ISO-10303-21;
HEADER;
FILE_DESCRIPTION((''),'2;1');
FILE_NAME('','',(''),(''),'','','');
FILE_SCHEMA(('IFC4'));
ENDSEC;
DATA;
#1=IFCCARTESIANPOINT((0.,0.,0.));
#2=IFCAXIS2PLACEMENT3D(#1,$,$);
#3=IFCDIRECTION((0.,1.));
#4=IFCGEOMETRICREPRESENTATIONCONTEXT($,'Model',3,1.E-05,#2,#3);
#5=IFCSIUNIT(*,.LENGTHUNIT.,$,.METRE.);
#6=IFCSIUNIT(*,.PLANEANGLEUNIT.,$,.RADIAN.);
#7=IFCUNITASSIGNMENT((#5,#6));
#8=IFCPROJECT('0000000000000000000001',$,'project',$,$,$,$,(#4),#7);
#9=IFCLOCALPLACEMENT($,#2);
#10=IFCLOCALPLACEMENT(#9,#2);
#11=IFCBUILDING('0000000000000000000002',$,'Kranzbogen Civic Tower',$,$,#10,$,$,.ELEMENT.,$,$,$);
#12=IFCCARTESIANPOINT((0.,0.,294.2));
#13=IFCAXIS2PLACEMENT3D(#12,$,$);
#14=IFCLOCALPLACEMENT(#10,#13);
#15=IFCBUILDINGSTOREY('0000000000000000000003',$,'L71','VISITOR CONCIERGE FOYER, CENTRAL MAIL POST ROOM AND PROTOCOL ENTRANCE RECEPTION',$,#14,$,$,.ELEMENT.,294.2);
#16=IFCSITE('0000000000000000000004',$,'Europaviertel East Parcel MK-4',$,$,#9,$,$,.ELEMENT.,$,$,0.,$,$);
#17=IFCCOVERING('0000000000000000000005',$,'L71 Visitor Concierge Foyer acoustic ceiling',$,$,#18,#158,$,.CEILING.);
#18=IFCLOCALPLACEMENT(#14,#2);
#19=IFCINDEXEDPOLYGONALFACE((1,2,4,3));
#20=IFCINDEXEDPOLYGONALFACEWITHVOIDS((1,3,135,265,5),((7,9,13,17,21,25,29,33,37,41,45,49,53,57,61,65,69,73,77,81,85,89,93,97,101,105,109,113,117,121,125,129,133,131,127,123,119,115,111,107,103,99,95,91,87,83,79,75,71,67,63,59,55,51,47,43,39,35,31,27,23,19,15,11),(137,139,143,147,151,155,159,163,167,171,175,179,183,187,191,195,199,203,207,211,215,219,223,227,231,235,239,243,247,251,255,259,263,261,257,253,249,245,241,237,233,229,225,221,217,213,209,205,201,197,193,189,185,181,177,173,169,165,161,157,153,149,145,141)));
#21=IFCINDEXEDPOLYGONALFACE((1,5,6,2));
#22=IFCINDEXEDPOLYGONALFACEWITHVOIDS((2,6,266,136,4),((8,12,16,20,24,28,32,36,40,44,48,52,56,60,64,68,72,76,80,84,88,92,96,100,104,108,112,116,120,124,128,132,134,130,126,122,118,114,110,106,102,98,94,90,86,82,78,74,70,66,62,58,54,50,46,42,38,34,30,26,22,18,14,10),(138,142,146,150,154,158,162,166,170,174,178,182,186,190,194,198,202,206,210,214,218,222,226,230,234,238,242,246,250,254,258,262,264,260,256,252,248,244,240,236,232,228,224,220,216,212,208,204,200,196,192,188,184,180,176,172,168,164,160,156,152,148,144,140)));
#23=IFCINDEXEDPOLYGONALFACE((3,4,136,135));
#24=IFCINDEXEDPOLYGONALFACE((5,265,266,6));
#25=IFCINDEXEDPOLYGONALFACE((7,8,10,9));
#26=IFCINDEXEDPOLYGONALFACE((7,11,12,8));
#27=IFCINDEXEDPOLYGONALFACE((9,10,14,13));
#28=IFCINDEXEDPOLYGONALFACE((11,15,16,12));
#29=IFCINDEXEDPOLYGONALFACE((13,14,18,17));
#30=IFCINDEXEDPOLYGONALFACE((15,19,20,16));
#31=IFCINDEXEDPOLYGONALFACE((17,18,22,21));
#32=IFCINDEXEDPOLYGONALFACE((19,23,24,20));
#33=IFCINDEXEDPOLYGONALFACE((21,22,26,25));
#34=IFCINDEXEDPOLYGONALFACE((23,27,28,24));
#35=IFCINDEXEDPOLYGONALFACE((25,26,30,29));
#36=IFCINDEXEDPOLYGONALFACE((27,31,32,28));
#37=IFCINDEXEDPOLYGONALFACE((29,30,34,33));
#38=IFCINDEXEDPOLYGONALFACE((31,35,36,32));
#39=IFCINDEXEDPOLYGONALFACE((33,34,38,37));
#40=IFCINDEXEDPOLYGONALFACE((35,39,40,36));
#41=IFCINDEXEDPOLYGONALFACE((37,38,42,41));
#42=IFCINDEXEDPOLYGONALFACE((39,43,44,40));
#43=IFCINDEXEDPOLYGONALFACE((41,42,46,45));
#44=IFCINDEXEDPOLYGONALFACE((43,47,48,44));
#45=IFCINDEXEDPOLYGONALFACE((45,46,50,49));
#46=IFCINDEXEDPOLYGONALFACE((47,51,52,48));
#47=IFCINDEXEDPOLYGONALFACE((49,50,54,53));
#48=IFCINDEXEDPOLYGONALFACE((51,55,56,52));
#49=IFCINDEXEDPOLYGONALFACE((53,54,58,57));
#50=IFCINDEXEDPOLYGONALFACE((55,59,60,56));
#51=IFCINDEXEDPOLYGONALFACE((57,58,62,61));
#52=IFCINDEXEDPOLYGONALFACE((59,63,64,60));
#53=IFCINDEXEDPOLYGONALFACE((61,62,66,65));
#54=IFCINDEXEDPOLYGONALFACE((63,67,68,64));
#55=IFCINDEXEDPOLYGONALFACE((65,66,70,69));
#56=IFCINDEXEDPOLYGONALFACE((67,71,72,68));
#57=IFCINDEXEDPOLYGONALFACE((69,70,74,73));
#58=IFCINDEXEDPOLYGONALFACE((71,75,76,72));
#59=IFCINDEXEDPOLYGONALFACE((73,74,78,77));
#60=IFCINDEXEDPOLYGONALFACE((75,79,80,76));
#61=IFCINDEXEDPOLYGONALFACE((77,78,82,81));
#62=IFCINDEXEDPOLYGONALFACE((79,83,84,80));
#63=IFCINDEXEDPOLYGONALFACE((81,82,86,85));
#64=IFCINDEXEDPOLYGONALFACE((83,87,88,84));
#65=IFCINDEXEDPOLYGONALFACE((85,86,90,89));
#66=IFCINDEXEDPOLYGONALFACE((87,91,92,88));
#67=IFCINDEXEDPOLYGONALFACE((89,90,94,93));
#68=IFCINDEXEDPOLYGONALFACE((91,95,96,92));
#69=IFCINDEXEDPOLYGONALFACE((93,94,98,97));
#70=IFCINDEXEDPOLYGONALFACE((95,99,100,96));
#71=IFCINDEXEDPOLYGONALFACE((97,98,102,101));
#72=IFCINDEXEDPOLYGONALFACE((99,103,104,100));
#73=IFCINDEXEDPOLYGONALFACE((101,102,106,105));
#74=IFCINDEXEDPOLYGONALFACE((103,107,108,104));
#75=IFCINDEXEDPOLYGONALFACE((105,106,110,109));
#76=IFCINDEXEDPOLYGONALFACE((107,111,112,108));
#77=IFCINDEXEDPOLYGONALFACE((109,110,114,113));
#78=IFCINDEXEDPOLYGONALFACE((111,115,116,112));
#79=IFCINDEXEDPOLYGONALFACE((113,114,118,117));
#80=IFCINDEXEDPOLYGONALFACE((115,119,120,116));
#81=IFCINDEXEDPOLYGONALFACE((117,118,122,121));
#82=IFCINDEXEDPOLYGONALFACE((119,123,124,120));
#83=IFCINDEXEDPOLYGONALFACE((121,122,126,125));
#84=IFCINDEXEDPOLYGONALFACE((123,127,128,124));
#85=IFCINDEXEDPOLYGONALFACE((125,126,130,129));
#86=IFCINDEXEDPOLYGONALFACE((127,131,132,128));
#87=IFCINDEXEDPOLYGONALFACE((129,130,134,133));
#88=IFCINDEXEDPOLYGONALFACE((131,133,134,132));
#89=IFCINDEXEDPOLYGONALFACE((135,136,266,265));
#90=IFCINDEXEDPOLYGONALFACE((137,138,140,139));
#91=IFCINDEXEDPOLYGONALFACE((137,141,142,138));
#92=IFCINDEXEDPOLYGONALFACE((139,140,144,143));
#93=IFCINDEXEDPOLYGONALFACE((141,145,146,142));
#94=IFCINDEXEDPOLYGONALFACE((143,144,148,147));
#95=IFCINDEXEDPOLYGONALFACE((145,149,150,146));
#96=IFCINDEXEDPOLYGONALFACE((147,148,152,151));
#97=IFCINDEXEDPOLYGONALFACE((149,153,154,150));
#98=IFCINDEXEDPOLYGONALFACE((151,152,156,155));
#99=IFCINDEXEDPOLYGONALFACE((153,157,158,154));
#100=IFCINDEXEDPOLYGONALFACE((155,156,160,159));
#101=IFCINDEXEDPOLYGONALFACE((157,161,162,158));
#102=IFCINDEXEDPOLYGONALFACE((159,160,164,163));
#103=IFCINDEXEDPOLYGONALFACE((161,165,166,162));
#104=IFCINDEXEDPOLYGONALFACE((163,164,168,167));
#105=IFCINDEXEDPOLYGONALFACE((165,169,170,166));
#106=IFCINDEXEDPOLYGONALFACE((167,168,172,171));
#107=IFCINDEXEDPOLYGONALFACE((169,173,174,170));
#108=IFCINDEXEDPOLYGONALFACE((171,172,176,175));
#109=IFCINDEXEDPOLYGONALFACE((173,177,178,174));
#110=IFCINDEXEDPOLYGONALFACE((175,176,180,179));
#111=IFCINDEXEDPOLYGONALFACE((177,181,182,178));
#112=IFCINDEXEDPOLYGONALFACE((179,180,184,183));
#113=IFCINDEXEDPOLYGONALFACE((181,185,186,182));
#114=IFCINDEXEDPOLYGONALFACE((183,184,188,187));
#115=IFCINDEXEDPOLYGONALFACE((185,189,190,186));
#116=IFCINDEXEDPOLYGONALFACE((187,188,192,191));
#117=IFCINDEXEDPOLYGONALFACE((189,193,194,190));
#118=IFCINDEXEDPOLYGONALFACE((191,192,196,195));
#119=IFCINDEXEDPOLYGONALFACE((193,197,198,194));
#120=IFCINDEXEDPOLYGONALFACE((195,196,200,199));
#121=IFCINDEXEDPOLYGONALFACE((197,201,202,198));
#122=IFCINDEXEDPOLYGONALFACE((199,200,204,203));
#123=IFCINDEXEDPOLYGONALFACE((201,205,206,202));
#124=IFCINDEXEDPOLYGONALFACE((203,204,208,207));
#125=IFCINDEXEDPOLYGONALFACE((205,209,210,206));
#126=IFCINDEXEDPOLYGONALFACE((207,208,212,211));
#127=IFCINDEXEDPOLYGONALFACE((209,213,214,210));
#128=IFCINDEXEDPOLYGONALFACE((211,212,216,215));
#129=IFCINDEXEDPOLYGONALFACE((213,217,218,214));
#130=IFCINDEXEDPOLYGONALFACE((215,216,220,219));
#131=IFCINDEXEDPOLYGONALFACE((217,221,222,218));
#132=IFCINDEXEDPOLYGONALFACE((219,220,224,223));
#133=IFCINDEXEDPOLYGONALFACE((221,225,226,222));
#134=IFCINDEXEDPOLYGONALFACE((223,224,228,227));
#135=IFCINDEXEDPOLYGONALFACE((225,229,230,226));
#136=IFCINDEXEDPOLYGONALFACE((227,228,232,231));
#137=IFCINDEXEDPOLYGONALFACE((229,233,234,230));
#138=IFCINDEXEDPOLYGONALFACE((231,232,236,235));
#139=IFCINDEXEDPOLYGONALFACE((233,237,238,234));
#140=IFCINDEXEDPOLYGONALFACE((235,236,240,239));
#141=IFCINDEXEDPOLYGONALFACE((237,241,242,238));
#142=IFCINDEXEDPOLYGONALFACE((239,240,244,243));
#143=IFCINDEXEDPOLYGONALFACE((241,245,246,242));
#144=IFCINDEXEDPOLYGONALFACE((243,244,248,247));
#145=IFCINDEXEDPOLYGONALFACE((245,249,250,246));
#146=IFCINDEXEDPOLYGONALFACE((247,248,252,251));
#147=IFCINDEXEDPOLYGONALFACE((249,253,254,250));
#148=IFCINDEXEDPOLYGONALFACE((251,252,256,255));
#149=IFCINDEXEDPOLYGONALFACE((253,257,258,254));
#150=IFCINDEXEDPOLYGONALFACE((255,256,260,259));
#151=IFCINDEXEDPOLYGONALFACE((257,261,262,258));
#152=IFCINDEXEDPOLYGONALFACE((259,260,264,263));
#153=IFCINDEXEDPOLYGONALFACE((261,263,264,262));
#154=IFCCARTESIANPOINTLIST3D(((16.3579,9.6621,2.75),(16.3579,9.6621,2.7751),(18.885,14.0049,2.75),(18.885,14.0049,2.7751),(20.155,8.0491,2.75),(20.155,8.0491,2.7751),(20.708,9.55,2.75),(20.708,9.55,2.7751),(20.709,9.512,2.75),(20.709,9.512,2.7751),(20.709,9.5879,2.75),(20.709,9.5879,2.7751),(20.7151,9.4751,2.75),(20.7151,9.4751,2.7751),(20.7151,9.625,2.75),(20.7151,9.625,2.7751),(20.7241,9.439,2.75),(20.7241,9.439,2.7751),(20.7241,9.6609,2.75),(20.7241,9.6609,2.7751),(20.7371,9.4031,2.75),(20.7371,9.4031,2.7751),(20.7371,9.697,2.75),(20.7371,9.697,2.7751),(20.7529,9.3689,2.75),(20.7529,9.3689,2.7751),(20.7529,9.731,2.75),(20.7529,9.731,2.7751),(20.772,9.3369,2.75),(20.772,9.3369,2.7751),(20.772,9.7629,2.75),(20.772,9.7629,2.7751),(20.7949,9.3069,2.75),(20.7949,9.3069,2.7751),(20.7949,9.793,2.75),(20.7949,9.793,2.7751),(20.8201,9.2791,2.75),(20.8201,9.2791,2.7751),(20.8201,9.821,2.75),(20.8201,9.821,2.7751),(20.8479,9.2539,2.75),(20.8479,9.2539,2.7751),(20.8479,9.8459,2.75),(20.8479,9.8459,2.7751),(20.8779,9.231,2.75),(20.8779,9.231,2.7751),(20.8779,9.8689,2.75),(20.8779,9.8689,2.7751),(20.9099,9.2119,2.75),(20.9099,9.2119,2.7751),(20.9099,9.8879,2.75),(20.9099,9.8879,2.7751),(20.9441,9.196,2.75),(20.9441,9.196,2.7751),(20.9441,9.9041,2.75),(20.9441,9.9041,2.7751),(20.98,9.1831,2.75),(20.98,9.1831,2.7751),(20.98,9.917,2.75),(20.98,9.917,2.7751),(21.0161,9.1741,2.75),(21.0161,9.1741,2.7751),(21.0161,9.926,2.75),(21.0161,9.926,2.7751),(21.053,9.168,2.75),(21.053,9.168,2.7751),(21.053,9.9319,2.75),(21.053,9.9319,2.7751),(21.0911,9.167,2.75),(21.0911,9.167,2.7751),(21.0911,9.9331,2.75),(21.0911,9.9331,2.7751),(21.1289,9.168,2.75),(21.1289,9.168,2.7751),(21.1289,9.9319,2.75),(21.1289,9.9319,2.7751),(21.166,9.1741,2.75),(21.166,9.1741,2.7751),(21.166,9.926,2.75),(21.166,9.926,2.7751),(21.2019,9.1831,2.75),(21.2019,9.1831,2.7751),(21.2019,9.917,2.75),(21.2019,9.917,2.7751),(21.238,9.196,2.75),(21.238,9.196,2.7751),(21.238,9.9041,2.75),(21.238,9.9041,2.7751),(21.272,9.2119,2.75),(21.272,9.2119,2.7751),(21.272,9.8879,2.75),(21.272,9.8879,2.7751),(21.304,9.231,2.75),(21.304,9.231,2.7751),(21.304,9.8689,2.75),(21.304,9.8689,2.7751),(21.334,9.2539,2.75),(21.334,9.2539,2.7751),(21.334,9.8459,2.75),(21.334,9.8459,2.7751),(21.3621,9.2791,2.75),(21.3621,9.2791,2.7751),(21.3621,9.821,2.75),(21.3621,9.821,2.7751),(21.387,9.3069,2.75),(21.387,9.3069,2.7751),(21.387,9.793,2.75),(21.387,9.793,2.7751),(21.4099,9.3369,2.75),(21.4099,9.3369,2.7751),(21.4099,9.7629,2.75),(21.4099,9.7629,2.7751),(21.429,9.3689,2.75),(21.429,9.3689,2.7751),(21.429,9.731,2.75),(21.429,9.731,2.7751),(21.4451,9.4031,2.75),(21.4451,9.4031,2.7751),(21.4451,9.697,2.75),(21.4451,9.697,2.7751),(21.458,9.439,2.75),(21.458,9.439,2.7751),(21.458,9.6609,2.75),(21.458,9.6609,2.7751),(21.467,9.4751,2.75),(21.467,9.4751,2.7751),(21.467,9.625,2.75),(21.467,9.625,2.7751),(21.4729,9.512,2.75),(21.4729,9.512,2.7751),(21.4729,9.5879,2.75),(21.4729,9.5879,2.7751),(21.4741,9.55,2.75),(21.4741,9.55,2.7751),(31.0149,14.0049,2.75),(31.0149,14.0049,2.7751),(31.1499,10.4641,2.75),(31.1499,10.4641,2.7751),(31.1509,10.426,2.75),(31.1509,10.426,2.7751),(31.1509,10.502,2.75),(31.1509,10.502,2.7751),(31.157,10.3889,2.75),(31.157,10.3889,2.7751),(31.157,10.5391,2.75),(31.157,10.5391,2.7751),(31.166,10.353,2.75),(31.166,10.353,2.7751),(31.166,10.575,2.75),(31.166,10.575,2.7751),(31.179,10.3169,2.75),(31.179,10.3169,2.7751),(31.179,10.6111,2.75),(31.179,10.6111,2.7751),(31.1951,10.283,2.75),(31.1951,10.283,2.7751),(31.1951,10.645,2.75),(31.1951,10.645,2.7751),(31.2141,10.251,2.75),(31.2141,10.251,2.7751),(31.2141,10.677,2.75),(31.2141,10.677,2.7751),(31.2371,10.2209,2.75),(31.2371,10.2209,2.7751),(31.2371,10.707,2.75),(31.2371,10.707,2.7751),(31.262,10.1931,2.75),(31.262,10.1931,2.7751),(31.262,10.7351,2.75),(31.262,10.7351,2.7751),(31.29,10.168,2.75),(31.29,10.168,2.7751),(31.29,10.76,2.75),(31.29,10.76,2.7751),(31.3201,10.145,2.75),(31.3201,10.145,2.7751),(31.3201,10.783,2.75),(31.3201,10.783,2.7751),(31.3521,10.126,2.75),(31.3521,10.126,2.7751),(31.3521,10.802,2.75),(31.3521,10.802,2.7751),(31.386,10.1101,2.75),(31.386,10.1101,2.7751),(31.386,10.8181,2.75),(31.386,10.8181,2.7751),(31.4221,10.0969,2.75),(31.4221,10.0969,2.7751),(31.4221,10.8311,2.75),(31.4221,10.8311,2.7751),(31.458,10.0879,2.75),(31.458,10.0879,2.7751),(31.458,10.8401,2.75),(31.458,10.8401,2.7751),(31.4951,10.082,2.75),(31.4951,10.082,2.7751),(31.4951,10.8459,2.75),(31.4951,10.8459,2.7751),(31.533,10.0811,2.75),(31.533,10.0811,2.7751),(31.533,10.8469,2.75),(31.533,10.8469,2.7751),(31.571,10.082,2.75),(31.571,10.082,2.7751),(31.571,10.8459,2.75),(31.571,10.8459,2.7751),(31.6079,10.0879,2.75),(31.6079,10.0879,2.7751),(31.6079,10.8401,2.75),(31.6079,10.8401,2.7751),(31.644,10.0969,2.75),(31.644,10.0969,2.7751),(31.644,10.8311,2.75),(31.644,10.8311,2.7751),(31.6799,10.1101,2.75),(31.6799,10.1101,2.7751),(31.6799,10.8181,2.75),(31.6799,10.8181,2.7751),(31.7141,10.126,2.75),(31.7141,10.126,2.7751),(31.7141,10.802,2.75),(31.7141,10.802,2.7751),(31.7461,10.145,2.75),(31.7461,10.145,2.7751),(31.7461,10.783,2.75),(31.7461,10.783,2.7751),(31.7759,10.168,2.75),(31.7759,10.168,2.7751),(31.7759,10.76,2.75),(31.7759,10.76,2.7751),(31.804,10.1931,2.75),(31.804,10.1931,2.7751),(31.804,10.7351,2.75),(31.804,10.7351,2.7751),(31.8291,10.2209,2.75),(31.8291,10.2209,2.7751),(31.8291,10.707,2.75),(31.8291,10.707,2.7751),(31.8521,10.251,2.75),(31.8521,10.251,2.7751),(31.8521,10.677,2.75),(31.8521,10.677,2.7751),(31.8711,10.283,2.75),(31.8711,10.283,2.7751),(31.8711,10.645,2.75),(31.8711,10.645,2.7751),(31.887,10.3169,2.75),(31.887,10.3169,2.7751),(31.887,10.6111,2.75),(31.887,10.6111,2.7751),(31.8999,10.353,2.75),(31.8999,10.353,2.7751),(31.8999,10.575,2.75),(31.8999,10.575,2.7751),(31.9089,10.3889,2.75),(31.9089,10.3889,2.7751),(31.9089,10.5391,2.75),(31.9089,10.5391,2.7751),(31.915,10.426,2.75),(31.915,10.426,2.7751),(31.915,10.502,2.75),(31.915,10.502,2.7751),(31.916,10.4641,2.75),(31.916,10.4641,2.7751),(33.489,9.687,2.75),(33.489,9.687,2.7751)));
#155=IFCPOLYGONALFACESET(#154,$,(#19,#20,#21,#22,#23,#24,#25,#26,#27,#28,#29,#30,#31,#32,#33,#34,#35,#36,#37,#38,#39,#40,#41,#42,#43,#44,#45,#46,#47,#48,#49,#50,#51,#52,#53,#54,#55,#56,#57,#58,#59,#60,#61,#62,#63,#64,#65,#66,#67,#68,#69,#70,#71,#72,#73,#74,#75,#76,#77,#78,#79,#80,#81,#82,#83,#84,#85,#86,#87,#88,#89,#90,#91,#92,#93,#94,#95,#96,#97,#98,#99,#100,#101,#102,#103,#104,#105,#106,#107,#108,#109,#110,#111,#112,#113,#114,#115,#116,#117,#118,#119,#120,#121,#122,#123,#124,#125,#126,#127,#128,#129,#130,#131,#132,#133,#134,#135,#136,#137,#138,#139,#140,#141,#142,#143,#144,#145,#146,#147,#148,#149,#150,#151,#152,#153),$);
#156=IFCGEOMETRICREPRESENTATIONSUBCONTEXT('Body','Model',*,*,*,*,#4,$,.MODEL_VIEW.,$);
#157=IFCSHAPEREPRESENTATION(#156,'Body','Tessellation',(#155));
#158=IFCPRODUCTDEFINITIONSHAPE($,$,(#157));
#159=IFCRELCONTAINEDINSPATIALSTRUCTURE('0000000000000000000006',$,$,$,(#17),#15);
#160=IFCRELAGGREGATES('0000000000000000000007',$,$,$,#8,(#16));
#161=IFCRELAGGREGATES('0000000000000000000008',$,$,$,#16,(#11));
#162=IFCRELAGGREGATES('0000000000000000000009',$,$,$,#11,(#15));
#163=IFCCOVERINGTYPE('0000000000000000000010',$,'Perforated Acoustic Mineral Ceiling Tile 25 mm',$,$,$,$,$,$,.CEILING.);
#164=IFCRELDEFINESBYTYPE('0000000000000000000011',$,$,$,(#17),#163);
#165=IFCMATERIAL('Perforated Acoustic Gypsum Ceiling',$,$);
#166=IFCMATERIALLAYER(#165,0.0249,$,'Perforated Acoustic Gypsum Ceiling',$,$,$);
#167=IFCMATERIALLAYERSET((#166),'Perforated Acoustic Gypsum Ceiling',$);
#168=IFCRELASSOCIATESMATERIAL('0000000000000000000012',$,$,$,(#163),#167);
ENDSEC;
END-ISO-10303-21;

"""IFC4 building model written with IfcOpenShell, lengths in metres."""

from ifc_helpers import new_model, si_unit, direction, frame, origin, place, context, subcontext, project, spatial, polyline, outline, extrude, material, layer, layer_set, type_object, element, save


model = new_model("IFC4")

# Units and contexts
model_context = context("Model", 3, precision=1e-05, world=origin(), true_north=direction((0.0, 1.0)))
body_context = subcontext(model_context, "Body", "Model", "MODEL_VIEW")
ifc_project = project(units=[si_unit("LENGTHUNIT", "METRE"), si_unit("PLANEANGLEUNIT", "RADIAN")], contexts=[model_context])

# Site, building, storey
site_placement = place(None, origin())
site = spatial("IfcSite", under=ifc_project, at=site_placement, Name="Europaviertel East Parcel MK-4", CompositionType="ELEMENT", RefElevation=0.0)
building_placement = place(site_placement, origin())
building = spatial("IfcBuilding", under=site, at=building_placement, Name="Kranzbogen Civic Tower", CompositionType="ELEMENT")
storey_placement = place(building_placement, frame((0.0, 0.0, 294.2)))
storey = spatial("IfcBuildingStorey", under=building, at=storey_placement, Name="L71", Description="VISITOR CONCIERGE FOYER, CENTRAL MAIL POST ROOM AND PROTOCOL ENTRANCE RECEPTION", CompositionType="ELEMENT", Elevation=294.2)

# Covering
ifc_material_1 = material(Name="Perforated Acoustic Gypsum Ceiling")
ifc_layer_1 = layer(ifc_material_1, 0.0249, Name="Perforated Acoustic Gypsum Ceiling")
ifc_layer_set_1 = layer_set([ifc_layer_1], Name="Perforated Acoustic Gypsum Ceiling")
covering_type = type_object("IfcCoveringType", Name="Perforated Acoustic Mineral Ceiling Tile 25 mm", PredefinedType="CEILING", material=ifc_layer_set_1)
covering_1_placement = place(storey_placement, frame((0.0, 0.0, 2.75)))
element("IfcCovering", 1, at=covering_1_placement, inside=storey, type_object=covering_type, Name="L71 Visitor Concierge Foyer acoustic ceiling", PredefinedType="CEILING", context=body_context, shape_type="SweptSolid", body=[
    extrude(outline(polyline([(16.3579, 9.6621), (18.885, 14.0049), (31.0149, 14.0049), (33.489, 9.687), (20.155, 8.0491), (16.3579, 9.6621)]), holes=[polyline([(21.4451, 9.4031), (21.429, 9.3689), (21.4099, 9.3369), (21.387, 9.3069), (21.3621, 9.2791), (21.334, 9.2539), (21.304, 9.231), (21.272, 9.2119), (21.238, 9.196), (21.2019, 9.1831), (21.166, 9.1741), (21.1289, 9.168), (21.0911, 9.167), (21.053, 9.168), (21.0161, 9.1741), (20.98, 9.1831), (20.9441, 9.196), (20.9099, 9.2119), (20.8779, 9.231), (20.8479, 9.2539), (20.8201, 9.2791), (20.7949, 9.3069), (20.772, 9.3369), (20.7529, 9.3689), (20.7371, 9.4031), (20.7241, 9.439), (20.7151, 9.4751), (20.709, 9.512), (20.708, 9.55), (20.709, 9.5879), (20.7151, 9.625), (20.7241, 9.6609), (20.7371, 9.697), (20.7529, 9.731), (20.772, 9.7629), (20.7949, 9.793), (20.8201, 9.821), (20.8479, 9.8459), (20.8779, 9.8689), (20.9099, 9.8879), (20.9441, 9.9041), (20.98, 9.917), (21.0161, 9.926), (21.053, 9.9319), (21.0911, 9.9331), (21.1289, 9.9319), (21.166, 9.926), (21.2019, 9.917), (21.238, 9.9041), (21.272, 9.8879), (21.304, 9.8689), (21.334, 9.8459), (21.3621, 9.821), (21.387, 9.793), (21.4099, 9.7629), (21.429, 9.731), (21.4451, 9.697), (21.458, 9.6609), (21.467, 9.625), (21.4729, 9.5879), (21.4741, 9.55), (21.4729, 9.512), (21.467, 9.4751), (21.458, 9.439), (21.4451, 9.4031)]), polyline([(31.887, 10.3169), (31.8711, 10.283), (31.8521, 10.251), (31.8291, 10.2209), (31.804, 10.1931), (31.7759, 10.168), (31.7461, 10.145), (31.7141, 10.126), (31.6799, 10.1101), (31.644, 10.0969), (31.6079, 10.0879), (31.571, 10.082), (31.533, 10.0811), (31.4951, 10.082), (31.458, 10.0879), (31.4221, 10.0969), (31.386, 10.1101), (31.3521, 10.126), (31.3201, 10.145), (31.29, 10.168), (31.262, 10.1931), (31.2371, 10.2209), (31.2141, 10.251), (31.1951, 10.283), (31.179, 10.3169), (31.166, 10.353), (31.157, 10.3889), (31.1509, 10.426), (31.1499, 10.4641), (31.1509, 10.502), (31.157, 10.5391), (31.166, 10.575), (31.179, 10.6111), (31.1951, 10.645), (31.2141, 10.677), (31.2371, 10.707), (31.262, 10.7351), (31.29, 10.76), (31.3201, 10.783), (31.3521, 10.802), (31.386, 10.8181), (31.4221, 10.8311), (31.458, 10.8401), (31.4951, 10.8459), (31.533, 10.8469), (31.571, 10.8459), (31.6079, 10.8401), (31.644, 10.8311), (31.6799, 10.8181), (31.7141, 10.802), (31.7461, 10.783), (31.7759, 10.76), (31.804, 10.7351), (31.8291, 10.707), (31.8521, 10.677), (31.8711, 10.645), (31.887, 10.6111), (31.8999, 10.575), (31.9089, 10.5391), (31.915, 10.502), (31.916, 10.4641), (31.915, 10.426), (31.9089, 10.3889), (31.8999, 10.353), (31.887, 10.3169)])]), origin(), (0.0, 0.0, 1.0), 0.0251),
])

save(model, "model.ifc")
